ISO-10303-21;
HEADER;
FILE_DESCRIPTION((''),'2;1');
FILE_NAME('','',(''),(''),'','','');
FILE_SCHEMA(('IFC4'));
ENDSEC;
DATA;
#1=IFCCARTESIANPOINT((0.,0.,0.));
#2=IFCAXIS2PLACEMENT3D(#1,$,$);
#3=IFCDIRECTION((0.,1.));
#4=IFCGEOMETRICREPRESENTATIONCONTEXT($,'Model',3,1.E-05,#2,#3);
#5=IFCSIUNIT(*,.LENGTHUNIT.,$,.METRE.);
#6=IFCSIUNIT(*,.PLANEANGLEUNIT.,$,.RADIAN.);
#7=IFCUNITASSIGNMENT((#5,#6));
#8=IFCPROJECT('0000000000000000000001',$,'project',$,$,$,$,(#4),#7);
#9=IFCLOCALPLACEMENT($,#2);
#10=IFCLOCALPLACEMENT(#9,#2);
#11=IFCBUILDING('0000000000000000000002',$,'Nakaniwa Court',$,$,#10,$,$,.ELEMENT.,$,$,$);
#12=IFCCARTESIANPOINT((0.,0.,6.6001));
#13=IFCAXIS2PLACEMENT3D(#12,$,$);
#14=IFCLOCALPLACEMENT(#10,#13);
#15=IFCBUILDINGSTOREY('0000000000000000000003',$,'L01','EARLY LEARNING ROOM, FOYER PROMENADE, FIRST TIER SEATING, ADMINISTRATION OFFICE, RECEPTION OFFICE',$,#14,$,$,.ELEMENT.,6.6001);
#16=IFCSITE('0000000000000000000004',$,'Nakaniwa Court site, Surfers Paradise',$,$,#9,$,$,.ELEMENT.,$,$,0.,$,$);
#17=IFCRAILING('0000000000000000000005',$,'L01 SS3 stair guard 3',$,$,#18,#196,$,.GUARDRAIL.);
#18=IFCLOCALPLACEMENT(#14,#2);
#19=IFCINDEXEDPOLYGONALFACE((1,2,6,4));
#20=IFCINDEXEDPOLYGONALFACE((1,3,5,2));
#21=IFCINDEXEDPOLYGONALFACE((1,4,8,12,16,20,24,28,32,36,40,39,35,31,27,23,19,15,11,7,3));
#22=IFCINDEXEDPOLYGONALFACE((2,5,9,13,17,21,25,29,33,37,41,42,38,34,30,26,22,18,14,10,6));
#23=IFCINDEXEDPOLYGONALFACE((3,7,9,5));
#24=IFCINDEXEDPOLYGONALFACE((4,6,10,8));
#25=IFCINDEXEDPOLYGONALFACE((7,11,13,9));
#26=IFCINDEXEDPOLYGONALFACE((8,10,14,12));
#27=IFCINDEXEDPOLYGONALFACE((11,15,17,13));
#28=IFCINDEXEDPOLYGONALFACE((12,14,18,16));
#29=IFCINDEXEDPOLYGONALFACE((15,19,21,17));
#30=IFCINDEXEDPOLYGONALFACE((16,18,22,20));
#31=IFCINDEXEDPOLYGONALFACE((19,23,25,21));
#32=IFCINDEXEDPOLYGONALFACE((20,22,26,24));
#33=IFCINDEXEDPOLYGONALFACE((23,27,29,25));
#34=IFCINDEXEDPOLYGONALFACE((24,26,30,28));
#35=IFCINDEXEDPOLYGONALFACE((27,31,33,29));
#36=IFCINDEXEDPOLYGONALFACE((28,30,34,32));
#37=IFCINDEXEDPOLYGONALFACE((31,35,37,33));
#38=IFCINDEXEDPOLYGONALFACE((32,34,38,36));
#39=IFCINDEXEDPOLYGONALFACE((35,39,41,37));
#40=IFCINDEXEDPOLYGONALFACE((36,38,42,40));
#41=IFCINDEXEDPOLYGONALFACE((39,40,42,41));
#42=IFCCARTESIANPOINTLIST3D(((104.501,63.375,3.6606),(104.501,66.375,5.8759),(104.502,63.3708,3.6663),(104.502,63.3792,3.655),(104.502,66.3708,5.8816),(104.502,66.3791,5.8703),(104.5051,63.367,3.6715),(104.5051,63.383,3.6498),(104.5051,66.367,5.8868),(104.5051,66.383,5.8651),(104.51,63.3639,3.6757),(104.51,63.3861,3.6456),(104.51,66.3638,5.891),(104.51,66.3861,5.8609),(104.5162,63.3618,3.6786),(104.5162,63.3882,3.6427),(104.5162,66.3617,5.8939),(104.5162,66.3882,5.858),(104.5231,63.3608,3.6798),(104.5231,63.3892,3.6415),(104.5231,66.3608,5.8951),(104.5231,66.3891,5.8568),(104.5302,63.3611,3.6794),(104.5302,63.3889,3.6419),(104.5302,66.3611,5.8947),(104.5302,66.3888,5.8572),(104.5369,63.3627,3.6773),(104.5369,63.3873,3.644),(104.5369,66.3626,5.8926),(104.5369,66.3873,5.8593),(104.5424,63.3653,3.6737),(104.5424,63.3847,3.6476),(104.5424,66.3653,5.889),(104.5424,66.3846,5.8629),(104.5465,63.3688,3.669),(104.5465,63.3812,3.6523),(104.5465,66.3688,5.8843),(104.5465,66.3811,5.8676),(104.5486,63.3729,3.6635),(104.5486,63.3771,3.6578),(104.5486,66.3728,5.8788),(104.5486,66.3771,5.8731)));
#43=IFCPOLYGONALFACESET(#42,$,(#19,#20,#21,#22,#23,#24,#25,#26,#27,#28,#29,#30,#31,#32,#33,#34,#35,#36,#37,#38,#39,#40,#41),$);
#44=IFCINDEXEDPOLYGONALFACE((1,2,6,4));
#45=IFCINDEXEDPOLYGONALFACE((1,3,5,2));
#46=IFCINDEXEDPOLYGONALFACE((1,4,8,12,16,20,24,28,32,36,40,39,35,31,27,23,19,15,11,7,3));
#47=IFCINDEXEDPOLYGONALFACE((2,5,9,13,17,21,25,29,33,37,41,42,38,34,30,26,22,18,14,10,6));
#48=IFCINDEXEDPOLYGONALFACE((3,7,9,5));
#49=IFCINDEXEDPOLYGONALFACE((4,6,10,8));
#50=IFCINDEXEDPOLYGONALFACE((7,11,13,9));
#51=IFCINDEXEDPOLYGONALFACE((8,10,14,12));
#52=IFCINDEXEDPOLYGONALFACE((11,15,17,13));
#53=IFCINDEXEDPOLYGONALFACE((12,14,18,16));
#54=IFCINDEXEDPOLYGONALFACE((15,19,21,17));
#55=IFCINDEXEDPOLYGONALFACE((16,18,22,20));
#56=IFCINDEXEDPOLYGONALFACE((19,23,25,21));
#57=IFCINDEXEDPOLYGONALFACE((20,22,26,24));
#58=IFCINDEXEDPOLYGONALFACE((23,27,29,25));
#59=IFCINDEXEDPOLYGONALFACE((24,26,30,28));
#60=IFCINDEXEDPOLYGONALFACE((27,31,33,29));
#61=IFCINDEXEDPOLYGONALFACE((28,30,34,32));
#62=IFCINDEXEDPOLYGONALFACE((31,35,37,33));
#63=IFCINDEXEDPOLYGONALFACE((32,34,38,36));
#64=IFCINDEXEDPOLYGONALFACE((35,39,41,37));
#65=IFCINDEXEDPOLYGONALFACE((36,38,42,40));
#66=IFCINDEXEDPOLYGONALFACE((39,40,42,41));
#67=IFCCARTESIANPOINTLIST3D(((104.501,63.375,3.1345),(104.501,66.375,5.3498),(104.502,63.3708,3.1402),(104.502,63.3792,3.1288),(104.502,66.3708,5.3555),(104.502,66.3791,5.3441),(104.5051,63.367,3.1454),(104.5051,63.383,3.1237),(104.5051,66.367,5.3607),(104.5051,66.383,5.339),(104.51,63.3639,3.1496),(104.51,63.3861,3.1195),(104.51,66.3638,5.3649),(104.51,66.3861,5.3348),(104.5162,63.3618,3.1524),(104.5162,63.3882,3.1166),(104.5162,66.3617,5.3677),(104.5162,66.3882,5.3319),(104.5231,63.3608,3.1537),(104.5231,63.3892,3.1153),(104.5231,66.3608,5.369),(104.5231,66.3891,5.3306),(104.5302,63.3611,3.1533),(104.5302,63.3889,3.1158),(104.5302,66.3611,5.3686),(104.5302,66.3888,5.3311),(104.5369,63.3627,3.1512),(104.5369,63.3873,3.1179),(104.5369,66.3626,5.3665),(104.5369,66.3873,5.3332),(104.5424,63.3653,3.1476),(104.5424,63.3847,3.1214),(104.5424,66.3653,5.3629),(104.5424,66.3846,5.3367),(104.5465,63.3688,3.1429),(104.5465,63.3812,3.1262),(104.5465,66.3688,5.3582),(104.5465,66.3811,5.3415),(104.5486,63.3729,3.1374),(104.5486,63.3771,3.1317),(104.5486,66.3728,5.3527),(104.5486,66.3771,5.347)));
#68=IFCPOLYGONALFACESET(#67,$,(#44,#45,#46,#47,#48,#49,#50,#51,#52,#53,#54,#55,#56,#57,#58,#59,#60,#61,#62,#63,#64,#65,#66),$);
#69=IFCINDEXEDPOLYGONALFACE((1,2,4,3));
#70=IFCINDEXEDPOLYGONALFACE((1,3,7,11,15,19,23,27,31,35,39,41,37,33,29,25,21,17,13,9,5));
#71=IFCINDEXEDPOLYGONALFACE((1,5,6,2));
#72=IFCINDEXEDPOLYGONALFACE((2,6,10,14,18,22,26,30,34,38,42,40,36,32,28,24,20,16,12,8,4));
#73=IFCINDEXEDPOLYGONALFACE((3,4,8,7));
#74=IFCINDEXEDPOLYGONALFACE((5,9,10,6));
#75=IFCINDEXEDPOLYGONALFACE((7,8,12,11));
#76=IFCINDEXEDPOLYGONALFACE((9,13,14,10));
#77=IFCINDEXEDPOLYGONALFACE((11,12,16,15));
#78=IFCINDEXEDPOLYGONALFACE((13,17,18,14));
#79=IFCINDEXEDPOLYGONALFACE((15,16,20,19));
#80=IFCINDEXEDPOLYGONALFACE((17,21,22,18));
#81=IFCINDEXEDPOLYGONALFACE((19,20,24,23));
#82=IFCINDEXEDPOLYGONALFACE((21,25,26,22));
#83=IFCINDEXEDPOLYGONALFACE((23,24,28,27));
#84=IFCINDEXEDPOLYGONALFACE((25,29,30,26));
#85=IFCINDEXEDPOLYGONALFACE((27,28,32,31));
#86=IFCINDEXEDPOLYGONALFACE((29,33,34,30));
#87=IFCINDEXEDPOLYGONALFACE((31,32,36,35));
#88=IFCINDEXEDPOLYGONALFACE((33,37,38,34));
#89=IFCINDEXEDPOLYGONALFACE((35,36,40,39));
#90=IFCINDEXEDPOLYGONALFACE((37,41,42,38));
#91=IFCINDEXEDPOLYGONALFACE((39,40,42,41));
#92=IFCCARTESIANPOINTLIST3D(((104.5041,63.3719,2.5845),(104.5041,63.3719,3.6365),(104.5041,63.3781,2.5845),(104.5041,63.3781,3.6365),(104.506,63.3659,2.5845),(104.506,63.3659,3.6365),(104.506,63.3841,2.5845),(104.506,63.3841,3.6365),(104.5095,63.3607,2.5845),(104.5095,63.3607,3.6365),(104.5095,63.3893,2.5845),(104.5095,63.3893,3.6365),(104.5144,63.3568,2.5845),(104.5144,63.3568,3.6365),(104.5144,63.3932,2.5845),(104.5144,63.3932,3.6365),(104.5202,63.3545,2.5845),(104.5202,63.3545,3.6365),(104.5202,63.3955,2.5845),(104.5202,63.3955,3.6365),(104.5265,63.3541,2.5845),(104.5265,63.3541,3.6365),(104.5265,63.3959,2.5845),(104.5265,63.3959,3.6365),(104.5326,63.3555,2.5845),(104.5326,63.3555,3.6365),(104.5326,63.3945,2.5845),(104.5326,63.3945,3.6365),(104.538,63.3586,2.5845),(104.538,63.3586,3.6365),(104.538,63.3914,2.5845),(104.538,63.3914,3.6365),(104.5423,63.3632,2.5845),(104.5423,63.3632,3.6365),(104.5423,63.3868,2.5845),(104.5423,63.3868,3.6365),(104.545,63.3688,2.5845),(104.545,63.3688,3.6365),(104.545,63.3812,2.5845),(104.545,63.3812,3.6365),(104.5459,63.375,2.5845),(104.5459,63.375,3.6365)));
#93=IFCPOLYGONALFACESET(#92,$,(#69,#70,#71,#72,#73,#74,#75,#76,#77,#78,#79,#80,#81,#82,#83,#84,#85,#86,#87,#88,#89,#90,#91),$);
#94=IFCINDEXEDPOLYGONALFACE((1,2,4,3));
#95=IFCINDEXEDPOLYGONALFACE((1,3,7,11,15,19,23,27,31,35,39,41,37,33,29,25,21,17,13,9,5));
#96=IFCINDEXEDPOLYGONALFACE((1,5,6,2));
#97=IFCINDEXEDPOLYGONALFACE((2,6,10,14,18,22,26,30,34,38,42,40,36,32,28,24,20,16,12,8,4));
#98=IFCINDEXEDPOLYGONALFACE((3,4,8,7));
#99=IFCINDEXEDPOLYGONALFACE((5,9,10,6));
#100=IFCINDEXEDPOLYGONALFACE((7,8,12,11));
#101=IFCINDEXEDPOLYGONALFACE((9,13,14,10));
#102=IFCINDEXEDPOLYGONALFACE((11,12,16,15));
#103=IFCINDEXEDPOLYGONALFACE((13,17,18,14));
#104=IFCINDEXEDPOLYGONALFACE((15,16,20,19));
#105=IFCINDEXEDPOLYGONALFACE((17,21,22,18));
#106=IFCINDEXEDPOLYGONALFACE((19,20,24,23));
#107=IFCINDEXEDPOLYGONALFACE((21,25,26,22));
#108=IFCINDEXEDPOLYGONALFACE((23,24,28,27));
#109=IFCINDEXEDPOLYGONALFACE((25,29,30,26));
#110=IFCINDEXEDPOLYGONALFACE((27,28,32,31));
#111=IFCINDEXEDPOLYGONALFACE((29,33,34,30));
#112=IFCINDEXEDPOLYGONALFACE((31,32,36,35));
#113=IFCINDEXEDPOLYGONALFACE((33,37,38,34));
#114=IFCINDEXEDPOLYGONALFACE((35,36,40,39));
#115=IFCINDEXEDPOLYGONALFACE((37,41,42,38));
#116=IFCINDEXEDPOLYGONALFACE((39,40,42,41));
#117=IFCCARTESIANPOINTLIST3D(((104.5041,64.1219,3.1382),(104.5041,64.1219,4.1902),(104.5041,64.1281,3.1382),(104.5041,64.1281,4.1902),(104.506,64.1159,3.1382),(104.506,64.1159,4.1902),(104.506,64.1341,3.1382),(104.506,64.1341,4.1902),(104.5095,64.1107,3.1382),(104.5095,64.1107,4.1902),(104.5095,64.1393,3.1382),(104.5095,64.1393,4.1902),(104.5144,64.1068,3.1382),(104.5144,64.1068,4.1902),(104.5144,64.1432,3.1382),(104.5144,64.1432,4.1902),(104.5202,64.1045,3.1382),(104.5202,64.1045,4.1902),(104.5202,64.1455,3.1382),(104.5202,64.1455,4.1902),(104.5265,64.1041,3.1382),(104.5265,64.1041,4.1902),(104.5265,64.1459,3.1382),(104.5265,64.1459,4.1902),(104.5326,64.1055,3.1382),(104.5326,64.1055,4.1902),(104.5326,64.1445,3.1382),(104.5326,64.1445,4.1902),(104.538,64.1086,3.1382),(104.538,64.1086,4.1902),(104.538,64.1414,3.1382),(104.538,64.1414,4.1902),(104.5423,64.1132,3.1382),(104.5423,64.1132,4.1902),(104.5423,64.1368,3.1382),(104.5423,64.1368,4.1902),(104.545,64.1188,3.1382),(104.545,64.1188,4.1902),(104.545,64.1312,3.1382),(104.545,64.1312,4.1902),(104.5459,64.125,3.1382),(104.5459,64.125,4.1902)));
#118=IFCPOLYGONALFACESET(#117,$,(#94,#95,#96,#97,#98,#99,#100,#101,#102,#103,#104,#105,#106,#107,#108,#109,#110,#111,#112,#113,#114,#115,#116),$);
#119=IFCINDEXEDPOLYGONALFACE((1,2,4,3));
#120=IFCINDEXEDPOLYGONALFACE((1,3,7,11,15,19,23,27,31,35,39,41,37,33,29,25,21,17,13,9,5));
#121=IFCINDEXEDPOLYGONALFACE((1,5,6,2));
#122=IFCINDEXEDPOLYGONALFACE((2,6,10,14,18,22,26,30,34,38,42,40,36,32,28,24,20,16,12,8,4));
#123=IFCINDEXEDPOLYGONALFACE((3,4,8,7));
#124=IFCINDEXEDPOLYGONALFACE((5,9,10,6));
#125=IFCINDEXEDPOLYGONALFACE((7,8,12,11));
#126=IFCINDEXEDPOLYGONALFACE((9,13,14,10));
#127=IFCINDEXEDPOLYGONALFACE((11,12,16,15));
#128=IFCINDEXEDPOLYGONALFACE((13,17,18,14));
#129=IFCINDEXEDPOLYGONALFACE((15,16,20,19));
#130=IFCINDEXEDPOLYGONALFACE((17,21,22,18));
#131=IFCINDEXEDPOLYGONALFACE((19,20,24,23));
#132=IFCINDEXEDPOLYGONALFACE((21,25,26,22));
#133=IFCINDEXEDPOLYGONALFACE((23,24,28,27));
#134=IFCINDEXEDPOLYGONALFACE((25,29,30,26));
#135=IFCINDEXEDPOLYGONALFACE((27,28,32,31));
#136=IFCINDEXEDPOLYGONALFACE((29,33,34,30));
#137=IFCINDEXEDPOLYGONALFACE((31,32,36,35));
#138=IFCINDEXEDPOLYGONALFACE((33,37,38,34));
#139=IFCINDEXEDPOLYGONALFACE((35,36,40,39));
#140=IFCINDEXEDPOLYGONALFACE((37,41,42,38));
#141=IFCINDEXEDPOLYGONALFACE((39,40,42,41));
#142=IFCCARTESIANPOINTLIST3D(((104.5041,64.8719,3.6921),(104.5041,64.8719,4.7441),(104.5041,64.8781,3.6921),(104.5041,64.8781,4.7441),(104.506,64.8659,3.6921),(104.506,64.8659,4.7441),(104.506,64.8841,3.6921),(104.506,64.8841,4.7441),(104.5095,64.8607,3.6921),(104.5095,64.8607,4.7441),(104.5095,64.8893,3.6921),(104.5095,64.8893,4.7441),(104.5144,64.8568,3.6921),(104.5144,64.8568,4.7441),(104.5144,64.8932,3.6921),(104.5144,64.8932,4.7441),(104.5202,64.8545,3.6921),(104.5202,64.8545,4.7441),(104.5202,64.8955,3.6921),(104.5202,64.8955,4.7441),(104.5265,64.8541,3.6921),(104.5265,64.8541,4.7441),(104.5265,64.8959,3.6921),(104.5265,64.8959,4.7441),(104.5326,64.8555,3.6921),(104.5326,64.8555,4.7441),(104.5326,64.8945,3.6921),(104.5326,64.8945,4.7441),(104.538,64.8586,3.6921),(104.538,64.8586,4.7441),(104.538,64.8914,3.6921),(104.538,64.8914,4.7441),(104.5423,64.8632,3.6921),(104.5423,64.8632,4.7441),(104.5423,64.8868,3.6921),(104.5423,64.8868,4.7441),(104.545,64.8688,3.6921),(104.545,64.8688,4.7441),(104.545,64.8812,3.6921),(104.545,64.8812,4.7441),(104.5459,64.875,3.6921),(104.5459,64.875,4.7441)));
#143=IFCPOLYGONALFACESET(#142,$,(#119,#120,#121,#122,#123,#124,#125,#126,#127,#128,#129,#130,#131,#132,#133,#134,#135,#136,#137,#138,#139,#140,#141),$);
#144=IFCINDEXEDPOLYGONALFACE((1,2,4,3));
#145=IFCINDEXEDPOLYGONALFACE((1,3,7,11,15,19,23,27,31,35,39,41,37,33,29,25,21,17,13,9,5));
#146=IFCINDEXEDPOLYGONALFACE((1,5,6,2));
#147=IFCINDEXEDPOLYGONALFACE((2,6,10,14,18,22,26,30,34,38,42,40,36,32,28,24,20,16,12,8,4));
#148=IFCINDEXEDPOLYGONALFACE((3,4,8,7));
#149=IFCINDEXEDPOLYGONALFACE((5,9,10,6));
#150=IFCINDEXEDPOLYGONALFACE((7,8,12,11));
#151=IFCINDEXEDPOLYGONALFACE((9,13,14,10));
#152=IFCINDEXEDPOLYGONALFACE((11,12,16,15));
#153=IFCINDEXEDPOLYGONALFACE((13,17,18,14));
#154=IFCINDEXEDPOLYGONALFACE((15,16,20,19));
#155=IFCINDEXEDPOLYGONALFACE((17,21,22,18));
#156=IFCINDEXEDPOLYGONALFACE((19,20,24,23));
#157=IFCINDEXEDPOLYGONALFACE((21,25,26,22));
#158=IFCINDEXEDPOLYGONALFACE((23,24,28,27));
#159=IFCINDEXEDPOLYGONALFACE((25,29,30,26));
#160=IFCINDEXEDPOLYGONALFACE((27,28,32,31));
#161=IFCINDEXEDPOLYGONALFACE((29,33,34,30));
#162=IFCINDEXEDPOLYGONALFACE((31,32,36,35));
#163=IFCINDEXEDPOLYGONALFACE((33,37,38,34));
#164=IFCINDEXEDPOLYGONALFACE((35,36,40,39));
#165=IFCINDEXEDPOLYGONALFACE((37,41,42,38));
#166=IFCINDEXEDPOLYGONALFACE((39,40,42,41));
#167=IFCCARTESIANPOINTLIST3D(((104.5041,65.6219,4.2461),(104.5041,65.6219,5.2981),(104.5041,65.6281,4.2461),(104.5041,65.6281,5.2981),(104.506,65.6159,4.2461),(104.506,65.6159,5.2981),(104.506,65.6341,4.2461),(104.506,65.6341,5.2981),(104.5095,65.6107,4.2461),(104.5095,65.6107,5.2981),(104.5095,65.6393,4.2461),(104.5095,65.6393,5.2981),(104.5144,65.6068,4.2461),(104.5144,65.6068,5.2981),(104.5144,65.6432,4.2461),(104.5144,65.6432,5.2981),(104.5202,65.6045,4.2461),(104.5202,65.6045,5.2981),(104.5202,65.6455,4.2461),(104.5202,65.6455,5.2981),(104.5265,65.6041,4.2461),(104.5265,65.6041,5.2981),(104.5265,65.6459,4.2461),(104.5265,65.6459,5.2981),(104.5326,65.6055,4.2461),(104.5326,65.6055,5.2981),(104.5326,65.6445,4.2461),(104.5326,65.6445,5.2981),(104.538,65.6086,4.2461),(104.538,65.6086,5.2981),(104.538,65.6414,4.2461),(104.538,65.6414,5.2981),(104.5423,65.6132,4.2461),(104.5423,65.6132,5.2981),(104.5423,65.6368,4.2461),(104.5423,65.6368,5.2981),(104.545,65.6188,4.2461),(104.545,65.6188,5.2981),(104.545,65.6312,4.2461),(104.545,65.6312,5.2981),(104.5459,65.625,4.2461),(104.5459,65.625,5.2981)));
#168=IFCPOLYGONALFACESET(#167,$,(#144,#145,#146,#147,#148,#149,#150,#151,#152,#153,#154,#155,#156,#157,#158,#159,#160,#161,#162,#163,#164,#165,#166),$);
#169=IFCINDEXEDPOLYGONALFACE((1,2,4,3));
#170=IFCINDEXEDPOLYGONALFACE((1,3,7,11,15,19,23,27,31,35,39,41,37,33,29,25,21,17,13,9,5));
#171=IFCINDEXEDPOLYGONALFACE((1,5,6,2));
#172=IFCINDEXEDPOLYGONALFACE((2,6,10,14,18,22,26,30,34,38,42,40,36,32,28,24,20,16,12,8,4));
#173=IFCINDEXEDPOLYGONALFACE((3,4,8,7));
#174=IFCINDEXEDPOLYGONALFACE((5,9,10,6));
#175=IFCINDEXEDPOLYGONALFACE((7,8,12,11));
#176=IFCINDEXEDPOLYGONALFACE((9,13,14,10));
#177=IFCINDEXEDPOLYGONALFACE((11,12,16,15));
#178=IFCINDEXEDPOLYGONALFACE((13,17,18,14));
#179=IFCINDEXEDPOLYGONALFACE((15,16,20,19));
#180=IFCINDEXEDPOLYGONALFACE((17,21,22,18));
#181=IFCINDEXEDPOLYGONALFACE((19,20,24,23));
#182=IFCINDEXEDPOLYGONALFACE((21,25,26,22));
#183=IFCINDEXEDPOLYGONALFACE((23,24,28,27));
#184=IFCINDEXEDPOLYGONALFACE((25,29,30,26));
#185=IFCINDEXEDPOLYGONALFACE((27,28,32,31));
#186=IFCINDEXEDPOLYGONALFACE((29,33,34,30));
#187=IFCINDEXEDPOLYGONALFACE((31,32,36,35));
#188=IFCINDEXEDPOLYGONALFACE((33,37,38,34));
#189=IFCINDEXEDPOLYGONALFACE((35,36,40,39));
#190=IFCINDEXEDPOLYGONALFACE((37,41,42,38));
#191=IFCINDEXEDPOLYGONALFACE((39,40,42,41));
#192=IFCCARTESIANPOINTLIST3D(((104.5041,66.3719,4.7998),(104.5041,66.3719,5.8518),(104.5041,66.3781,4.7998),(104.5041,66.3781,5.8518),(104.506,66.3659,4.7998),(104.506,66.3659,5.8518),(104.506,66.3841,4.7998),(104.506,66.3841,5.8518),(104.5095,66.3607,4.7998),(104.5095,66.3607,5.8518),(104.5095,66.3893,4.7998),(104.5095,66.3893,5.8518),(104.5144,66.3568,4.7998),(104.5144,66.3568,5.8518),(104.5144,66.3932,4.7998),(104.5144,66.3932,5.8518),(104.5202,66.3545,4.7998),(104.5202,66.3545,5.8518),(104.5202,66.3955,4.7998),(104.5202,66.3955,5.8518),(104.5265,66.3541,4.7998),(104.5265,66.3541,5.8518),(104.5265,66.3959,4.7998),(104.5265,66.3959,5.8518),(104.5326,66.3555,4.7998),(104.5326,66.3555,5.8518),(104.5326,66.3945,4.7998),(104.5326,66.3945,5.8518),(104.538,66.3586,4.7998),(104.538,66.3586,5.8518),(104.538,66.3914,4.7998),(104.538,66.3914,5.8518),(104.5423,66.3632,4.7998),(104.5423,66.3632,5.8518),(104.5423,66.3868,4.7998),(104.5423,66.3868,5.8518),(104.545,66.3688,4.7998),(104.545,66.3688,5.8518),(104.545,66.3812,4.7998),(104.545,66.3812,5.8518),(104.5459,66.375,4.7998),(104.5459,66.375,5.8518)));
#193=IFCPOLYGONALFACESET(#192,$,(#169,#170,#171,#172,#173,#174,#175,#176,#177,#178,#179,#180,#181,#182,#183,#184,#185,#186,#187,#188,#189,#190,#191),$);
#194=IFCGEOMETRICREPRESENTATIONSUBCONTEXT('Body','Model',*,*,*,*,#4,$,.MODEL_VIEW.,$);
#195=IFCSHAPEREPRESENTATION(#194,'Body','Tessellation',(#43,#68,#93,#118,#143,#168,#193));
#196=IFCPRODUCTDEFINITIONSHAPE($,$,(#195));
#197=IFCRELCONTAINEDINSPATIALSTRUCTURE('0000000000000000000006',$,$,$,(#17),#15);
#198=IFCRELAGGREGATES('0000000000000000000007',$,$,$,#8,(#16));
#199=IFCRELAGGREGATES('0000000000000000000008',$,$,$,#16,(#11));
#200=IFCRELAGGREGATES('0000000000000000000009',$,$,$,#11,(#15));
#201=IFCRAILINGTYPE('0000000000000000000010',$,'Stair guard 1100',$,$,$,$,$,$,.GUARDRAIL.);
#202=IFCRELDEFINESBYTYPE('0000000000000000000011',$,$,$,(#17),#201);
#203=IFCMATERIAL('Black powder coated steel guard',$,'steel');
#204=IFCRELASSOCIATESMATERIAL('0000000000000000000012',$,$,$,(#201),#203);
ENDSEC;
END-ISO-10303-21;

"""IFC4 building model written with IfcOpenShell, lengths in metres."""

from ifc_helpers import new_model, si_unit, direction, frame, origin, origin_2d, place, context, subcontext, project, spatial, circle, extrude, material, type_object, element, save


model = new_model("IFC4")

# Units and contexts
model_context = context("Model", 3, precision=1e-05, world=origin(), true_north=direction((0.0, 1.0)))
body_context = subcontext(model_context, "Body", "Model", "MODEL_VIEW")
ifc_project = project(units=[si_unit("LENGTHUNIT", "METRE"), si_unit("PLANEANGLEUNIT", "RADIAN")], contexts=[model_context])

# Site, building, storey
site_placement = place(None, origin())
site = spatial("IfcSite", under=ifc_project, at=site_placement, Name="Nakaniwa Court site, Surfers Paradise", CompositionType="ELEMENT", RefElevation=0.0)
building_placement = place(site_placement, origin())
building = spatial("IfcBuilding", under=site, at=building_placement, Name="Nakaniwa Court", CompositionType="ELEMENT")
storey_placement = place(building_placement, frame((0.0, 0.0, 6.6001)))
storey = spatial("IfcBuildingStorey", under=building, at=storey_placement, Name="L01", Description="EARLY LEARNING ROOM, FOYER PROMENADE, FIRST TIER SEATING, ADMINISTRATION OFFICE, RECEPTION OFFICE", CompositionType="ELEMENT", Elevation=6.6001)

# Railing
ifc_material_1 = material(Name="Black powder coated steel guard", Category="steel")
railing_type_1 = type_object("IfcRailingType", Name="Stair guard 1100", PredefinedType="GUARDRAIL", material=ifc_material_1)
railing_1_placement = place(storey_placement, frame((104.5249, 63.375, 2.5845)))
element("IfcRailing", 1, at=railing_1_placement, inside=storey, type_object=railing_type_1, Name="L01 SS3 stair guard 3", PredefinedType="GUARDRAIL", context=body_context, shape_type="SweptSolid", body=[
    extrude(circle(Radius=0.0239, at=origin_2d()), frame((0.0, 0.0, 1.0762), z_axis=(0.0, 0.80444, 0.594034), x_axis=(-1.0, 0.0, 0.0)), (0.0, 0.0, 1.0), 3.7292),
    extrude(circle(Radius=0.0239, at=origin_2d()), frame((0.0, 0.0, 0.55), z_axis=(0.0, 0.80444, 0.594034), x_axis=(-1.0, 0.0, 0.0)), (0.0, 0.0, 1.0), 3.7292),
    extrude(circle(Radius=0.021, at=origin_2d()), origin(), (0.0, 0.0, 1.0), 1.052),
    extrude(circle(Radius=0.021, at=origin_2d()), frame((0.0, 0.75, 0.5537)), (0.0, 0.0, 1.0), 1.052),
    extrude(circle(Radius=0.021, at=origin_2d()), frame((0.0, 1.5, 1.1077)), (0.0, 0.0, 1.0), 1.052),
    extrude(circle(Radius=0.021, at=origin_2d()), frame((0.0, 2.25, 1.6616)), (0.0, 0.0, 1.0), 1.052),
    extrude(circle(Radius=0.021, at=origin_2d()), frame((0.0, 3.0, 2.2153)), (0.0, 0.0, 1.0), 1.052),
])

save(model, "model.ifc")
